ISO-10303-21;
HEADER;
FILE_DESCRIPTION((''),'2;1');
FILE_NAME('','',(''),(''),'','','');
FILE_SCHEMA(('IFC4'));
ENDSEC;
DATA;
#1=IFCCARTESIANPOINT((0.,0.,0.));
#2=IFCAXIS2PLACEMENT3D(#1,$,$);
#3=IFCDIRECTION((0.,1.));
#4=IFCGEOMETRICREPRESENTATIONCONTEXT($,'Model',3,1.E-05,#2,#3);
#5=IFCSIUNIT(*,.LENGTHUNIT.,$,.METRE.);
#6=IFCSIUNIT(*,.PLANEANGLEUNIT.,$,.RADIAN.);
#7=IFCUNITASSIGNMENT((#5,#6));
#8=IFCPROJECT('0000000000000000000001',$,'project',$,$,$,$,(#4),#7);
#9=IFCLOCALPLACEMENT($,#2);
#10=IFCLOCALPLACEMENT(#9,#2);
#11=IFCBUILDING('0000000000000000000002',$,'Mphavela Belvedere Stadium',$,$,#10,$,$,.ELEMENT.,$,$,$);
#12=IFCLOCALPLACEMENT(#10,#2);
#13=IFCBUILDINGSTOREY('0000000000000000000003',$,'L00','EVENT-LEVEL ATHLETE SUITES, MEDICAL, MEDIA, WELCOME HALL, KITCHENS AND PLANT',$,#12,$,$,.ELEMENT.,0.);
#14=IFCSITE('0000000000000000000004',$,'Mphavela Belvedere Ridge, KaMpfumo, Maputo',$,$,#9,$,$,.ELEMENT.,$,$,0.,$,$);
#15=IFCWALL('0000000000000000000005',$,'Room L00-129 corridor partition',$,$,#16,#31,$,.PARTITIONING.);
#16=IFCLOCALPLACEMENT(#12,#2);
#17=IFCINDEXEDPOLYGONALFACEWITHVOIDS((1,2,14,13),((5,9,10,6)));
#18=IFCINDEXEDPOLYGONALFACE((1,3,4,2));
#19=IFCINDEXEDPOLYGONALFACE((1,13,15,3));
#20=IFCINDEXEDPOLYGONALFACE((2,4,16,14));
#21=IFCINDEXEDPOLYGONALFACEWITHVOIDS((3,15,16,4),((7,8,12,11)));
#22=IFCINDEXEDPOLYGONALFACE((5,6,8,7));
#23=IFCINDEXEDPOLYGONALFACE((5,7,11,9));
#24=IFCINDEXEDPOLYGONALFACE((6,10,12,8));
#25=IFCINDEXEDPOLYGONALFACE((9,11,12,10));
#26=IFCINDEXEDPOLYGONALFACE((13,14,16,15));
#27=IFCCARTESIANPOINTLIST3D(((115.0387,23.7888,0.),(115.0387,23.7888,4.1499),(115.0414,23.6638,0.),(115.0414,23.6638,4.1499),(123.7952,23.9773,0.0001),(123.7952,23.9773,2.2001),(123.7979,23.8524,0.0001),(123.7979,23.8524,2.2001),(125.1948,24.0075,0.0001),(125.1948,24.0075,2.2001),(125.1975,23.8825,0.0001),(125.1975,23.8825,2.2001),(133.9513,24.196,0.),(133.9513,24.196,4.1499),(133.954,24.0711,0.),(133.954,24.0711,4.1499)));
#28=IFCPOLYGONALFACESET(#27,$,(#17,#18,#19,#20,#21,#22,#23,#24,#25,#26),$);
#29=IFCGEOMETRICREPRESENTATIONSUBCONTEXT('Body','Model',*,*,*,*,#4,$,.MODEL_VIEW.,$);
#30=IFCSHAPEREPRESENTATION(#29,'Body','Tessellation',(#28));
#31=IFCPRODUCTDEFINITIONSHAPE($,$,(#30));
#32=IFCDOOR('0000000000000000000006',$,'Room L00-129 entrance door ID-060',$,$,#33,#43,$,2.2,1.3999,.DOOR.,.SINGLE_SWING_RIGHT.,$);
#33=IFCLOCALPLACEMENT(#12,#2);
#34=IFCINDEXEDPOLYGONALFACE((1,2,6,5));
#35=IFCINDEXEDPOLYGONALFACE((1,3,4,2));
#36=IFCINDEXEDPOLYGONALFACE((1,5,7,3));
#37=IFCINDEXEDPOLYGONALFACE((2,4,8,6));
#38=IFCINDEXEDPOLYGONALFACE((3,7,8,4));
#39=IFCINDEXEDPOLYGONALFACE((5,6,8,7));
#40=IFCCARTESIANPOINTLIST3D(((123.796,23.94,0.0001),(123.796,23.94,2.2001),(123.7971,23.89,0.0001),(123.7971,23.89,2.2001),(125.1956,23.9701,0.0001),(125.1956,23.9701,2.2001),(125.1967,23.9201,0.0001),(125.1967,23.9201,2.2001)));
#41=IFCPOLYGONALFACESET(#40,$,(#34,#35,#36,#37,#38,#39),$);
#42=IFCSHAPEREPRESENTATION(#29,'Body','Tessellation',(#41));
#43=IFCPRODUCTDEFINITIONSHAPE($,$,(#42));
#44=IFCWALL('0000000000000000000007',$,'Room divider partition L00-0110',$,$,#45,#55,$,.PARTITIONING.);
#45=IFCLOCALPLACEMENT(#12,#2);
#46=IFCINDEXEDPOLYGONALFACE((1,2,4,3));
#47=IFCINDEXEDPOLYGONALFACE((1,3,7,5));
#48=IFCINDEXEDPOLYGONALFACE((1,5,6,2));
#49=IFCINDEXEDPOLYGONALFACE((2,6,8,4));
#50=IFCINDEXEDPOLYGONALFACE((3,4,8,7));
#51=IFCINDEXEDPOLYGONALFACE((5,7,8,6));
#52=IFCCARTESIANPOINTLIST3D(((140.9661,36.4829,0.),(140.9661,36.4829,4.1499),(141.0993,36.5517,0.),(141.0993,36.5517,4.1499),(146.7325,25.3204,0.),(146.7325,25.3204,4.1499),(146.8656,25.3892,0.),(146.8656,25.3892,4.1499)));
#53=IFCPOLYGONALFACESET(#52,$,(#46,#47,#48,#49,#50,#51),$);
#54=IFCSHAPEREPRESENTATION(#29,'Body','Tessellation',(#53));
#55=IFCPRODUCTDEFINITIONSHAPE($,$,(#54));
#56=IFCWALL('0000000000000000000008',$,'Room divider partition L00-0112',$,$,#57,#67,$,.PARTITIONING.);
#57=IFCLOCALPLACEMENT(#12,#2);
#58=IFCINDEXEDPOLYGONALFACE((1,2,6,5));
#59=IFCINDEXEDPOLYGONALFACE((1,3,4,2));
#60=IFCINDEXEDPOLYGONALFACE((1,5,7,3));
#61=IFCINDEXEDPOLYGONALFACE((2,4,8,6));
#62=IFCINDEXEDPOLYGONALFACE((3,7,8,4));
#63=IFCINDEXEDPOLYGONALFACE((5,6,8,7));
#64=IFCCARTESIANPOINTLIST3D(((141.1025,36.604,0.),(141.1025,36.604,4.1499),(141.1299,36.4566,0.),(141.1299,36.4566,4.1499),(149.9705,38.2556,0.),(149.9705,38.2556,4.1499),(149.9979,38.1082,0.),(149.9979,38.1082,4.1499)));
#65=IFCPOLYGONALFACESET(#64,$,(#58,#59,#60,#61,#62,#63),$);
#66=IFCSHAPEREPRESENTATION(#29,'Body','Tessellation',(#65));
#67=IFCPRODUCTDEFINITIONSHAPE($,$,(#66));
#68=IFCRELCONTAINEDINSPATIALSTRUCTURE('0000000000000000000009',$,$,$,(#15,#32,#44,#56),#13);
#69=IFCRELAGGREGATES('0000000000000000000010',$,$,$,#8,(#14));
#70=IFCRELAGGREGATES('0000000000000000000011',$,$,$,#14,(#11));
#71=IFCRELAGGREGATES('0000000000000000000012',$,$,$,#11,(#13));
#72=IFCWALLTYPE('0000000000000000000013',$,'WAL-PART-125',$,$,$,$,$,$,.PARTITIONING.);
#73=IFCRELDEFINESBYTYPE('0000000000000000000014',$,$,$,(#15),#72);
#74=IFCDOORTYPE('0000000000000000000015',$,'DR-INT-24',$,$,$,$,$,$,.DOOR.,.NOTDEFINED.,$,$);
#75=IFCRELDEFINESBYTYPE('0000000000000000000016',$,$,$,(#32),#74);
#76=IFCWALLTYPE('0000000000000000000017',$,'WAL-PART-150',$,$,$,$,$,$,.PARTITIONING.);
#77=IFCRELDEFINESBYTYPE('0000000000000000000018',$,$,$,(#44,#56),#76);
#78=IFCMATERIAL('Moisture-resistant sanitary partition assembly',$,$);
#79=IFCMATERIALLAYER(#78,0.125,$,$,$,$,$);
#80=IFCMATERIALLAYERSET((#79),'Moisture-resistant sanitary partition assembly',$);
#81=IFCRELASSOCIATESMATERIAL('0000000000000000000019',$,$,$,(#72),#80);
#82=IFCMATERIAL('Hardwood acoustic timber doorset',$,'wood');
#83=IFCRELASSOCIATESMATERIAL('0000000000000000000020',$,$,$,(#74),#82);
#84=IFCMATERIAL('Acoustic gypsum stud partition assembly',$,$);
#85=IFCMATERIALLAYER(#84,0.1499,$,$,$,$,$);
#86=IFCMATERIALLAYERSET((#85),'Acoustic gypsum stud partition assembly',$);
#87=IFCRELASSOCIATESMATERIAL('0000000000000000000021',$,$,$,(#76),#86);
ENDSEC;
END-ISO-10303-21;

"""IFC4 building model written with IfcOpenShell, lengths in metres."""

from ifc_helpers import new_model, si_unit, direction, frame, frame_2d, origin, place, context, subcontext, project, spatial, rectangle, extrude, material, layer, layer_set, type_object, element, fill, save


model = new_model("IFC4")

# Units and contexts
model_context = context("Model", 3, precision=1e-05, world=origin(), true_north=direction((0.0, 1.0)))
body_context = subcontext(model_context, "Body", "Model", "MODEL_VIEW")
ifc_project = project(units=[si_unit("LENGTHUNIT", "METRE"), si_unit("PLANEANGLEUNIT", "RADIAN")], contexts=[model_context])

# Site, building, storey
site_placement = place(None, origin())
site = spatial("IfcSite", under=ifc_project, at=site_placement, Name="Mphavela Belvedere Ridge, KaMpfumo, Maputo", CompositionType="ELEMENT", RefElevation=0.0)
building_placement = place(site_placement, origin())
building = spatial("IfcBuilding", under=site, at=building_placement, Name="Mphavela Belvedere Stadium", CompositionType="ELEMENT")
storey_placement = place(building_placement, origin())
storey = spatial("IfcBuildingStorey", under=building, at=storey_placement, Name="L00", Description="EVENT-LEVEL ATHLETE SUITES, MEDICAL, MEDIA, WELCOME HALL, KITCHENS AND PLANT", CompositionType="ELEMENT", Elevation=0.0)

# Wall, opening, door
ifc_material_1 = material(Name="Moisture-resistant sanitary partition assembly")
ifc_layer_1 = layer(ifc_material_1, 0.125)
ifc_layer_set_1 = layer_set([ifc_layer_1], Name="Moisture-resistant sanitary partition assembly")
wall_type_1 = type_object("IfcWallType", Name="WAL-PART-125", PredefinedType="PARTITIONING", material=ifc_layer_set_1)
wall_1_placement = place(storey_placement, frame((133.9526, 24.1335, 0.0), z_axis=(0.0, 0.0, 1.0), x_axis=(-0.999768, -0.021527, 0.0)))
wall_1 = element("IfcWall", 1, at=wall_1_placement, inside=storey, type_object=wall_type_1, Name="Room L00-129 corridor partition", PredefinedType="PARTITIONING", context=body_context, shape_type="SweptSolid", body=[
    extrude(rectangle(XDim=18.917, YDim=0.125, at=frame_2d((9.4585, 0.0))), origin(), (0.0, 0.0, 1.0), 4.1499),
])
opening_placement = place(wall_1_placement, frame((8.7585, 0.0, 0.0)))
opening = element("IfcOpeningElement", 2, at=opening_placement, cuts=wall_1, PredefinedType="OPENING", context=body_context, shape_type="SweptSolid", body=[
    extrude(rectangle(XDim=1.3999, YDim=2.2, at=frame_2d((0.7, 1.1001))), frame((0.0, 0.0725, 0.0), z_axis=(0.0, -1.0, 0.0), x_axis=(1.0, 0.0, 0.0)), (0.0, 0.0, 1.0), 0.145),
])
ifc_material_2 = material(Name="Hardwood acoustic timber doorset", Category="wood")
door_type = type_object("IfcDoorType", Name="DR-INT-24", OperationType="NOTDEFINED", PredefinedType="DOOR", material=ifc_material_2)
door_placement = place(opening_placement, origin())
door = element("IfcDoor", 3, at=door_placement, inside=storey, type_object=door_type, Name="Room L00-129 entrance door ID-060", OperationType="SINGLE_SWING_RIGHT", OverallHeight=2.2, OverallWidth=1.3999, PredefinedType="DOOR", context=body_context, shape_type="SweptSolid", body=[
    extrude(rectangle(XDim=1.3999, YDim=2.2, at=frame_2d((0.7, 1.1001))), frame((0.0, 0.0249, 0.0), z_axis=(0.0, -1.0, 0.0), x_axis=(1.0, 0.0, 0.0)), (0.0, 0.0, 1.0), 0.05),
])
fill(opening, door)

# Walls
ifc_material_3 = material(Name="Acoustic gypsum stud partition assembly")
ifc_layer_2 = layer(ifc_material_3, 0.1499)
ifc_layer_set_2 = layer_set([ifc_layer_2], Name="Acoustic gypsum stud partition assembly")
wall_type_2 = type_object("IfcWallType", Name="WAL-PART-150", PredefinedType="PARTITIONING", material=ifc_layer_set_2)
wall_2_placement = place(storey_placement, frame((141.0327, 36.5173, 0.0), z_axis=(0.0, 0.0, 1.0), x_axis=(0.458958, -0.888458, 0.0)))
element("IfcWall", 4, at=wall_2_placement, inside=storey, type_object=wall_type_2, Name="Room divider partition L00-0110", PredefinedType="PARTITIONING", context=body_context, shape_type="SweptSolid", body=[
    extrude(rectangle(XDim=12.564, YDim=0.1499, at=frame_2d((6.282, 0.0))), origin(), (0.0, 0.0, 1.0), 4.1499),
])
wall_3_placement = place(storey_placement, frame((141.1162, 36.5303, 0.0), z_axis=(0.0, 0.0, 1.0), x_axis=(0.983095, 0.183097, 0.0)))
element("IfcWall", 5, at=wall_3_placement, inside=storey, type_object=wall_type_2, Name="Room divider partition L00-0112", PredefinedType="PARTITIONING", context=body_context, shape_type="SweptSolid", body=[
    extrude(rectangle(XDim=9.0205, YDim=0.1499, at=frame_2d((4.5103, 0.0))), origin(), (0.0, 0.0, 1.0), 4.1499),
])

save(model, "model.ifc")
